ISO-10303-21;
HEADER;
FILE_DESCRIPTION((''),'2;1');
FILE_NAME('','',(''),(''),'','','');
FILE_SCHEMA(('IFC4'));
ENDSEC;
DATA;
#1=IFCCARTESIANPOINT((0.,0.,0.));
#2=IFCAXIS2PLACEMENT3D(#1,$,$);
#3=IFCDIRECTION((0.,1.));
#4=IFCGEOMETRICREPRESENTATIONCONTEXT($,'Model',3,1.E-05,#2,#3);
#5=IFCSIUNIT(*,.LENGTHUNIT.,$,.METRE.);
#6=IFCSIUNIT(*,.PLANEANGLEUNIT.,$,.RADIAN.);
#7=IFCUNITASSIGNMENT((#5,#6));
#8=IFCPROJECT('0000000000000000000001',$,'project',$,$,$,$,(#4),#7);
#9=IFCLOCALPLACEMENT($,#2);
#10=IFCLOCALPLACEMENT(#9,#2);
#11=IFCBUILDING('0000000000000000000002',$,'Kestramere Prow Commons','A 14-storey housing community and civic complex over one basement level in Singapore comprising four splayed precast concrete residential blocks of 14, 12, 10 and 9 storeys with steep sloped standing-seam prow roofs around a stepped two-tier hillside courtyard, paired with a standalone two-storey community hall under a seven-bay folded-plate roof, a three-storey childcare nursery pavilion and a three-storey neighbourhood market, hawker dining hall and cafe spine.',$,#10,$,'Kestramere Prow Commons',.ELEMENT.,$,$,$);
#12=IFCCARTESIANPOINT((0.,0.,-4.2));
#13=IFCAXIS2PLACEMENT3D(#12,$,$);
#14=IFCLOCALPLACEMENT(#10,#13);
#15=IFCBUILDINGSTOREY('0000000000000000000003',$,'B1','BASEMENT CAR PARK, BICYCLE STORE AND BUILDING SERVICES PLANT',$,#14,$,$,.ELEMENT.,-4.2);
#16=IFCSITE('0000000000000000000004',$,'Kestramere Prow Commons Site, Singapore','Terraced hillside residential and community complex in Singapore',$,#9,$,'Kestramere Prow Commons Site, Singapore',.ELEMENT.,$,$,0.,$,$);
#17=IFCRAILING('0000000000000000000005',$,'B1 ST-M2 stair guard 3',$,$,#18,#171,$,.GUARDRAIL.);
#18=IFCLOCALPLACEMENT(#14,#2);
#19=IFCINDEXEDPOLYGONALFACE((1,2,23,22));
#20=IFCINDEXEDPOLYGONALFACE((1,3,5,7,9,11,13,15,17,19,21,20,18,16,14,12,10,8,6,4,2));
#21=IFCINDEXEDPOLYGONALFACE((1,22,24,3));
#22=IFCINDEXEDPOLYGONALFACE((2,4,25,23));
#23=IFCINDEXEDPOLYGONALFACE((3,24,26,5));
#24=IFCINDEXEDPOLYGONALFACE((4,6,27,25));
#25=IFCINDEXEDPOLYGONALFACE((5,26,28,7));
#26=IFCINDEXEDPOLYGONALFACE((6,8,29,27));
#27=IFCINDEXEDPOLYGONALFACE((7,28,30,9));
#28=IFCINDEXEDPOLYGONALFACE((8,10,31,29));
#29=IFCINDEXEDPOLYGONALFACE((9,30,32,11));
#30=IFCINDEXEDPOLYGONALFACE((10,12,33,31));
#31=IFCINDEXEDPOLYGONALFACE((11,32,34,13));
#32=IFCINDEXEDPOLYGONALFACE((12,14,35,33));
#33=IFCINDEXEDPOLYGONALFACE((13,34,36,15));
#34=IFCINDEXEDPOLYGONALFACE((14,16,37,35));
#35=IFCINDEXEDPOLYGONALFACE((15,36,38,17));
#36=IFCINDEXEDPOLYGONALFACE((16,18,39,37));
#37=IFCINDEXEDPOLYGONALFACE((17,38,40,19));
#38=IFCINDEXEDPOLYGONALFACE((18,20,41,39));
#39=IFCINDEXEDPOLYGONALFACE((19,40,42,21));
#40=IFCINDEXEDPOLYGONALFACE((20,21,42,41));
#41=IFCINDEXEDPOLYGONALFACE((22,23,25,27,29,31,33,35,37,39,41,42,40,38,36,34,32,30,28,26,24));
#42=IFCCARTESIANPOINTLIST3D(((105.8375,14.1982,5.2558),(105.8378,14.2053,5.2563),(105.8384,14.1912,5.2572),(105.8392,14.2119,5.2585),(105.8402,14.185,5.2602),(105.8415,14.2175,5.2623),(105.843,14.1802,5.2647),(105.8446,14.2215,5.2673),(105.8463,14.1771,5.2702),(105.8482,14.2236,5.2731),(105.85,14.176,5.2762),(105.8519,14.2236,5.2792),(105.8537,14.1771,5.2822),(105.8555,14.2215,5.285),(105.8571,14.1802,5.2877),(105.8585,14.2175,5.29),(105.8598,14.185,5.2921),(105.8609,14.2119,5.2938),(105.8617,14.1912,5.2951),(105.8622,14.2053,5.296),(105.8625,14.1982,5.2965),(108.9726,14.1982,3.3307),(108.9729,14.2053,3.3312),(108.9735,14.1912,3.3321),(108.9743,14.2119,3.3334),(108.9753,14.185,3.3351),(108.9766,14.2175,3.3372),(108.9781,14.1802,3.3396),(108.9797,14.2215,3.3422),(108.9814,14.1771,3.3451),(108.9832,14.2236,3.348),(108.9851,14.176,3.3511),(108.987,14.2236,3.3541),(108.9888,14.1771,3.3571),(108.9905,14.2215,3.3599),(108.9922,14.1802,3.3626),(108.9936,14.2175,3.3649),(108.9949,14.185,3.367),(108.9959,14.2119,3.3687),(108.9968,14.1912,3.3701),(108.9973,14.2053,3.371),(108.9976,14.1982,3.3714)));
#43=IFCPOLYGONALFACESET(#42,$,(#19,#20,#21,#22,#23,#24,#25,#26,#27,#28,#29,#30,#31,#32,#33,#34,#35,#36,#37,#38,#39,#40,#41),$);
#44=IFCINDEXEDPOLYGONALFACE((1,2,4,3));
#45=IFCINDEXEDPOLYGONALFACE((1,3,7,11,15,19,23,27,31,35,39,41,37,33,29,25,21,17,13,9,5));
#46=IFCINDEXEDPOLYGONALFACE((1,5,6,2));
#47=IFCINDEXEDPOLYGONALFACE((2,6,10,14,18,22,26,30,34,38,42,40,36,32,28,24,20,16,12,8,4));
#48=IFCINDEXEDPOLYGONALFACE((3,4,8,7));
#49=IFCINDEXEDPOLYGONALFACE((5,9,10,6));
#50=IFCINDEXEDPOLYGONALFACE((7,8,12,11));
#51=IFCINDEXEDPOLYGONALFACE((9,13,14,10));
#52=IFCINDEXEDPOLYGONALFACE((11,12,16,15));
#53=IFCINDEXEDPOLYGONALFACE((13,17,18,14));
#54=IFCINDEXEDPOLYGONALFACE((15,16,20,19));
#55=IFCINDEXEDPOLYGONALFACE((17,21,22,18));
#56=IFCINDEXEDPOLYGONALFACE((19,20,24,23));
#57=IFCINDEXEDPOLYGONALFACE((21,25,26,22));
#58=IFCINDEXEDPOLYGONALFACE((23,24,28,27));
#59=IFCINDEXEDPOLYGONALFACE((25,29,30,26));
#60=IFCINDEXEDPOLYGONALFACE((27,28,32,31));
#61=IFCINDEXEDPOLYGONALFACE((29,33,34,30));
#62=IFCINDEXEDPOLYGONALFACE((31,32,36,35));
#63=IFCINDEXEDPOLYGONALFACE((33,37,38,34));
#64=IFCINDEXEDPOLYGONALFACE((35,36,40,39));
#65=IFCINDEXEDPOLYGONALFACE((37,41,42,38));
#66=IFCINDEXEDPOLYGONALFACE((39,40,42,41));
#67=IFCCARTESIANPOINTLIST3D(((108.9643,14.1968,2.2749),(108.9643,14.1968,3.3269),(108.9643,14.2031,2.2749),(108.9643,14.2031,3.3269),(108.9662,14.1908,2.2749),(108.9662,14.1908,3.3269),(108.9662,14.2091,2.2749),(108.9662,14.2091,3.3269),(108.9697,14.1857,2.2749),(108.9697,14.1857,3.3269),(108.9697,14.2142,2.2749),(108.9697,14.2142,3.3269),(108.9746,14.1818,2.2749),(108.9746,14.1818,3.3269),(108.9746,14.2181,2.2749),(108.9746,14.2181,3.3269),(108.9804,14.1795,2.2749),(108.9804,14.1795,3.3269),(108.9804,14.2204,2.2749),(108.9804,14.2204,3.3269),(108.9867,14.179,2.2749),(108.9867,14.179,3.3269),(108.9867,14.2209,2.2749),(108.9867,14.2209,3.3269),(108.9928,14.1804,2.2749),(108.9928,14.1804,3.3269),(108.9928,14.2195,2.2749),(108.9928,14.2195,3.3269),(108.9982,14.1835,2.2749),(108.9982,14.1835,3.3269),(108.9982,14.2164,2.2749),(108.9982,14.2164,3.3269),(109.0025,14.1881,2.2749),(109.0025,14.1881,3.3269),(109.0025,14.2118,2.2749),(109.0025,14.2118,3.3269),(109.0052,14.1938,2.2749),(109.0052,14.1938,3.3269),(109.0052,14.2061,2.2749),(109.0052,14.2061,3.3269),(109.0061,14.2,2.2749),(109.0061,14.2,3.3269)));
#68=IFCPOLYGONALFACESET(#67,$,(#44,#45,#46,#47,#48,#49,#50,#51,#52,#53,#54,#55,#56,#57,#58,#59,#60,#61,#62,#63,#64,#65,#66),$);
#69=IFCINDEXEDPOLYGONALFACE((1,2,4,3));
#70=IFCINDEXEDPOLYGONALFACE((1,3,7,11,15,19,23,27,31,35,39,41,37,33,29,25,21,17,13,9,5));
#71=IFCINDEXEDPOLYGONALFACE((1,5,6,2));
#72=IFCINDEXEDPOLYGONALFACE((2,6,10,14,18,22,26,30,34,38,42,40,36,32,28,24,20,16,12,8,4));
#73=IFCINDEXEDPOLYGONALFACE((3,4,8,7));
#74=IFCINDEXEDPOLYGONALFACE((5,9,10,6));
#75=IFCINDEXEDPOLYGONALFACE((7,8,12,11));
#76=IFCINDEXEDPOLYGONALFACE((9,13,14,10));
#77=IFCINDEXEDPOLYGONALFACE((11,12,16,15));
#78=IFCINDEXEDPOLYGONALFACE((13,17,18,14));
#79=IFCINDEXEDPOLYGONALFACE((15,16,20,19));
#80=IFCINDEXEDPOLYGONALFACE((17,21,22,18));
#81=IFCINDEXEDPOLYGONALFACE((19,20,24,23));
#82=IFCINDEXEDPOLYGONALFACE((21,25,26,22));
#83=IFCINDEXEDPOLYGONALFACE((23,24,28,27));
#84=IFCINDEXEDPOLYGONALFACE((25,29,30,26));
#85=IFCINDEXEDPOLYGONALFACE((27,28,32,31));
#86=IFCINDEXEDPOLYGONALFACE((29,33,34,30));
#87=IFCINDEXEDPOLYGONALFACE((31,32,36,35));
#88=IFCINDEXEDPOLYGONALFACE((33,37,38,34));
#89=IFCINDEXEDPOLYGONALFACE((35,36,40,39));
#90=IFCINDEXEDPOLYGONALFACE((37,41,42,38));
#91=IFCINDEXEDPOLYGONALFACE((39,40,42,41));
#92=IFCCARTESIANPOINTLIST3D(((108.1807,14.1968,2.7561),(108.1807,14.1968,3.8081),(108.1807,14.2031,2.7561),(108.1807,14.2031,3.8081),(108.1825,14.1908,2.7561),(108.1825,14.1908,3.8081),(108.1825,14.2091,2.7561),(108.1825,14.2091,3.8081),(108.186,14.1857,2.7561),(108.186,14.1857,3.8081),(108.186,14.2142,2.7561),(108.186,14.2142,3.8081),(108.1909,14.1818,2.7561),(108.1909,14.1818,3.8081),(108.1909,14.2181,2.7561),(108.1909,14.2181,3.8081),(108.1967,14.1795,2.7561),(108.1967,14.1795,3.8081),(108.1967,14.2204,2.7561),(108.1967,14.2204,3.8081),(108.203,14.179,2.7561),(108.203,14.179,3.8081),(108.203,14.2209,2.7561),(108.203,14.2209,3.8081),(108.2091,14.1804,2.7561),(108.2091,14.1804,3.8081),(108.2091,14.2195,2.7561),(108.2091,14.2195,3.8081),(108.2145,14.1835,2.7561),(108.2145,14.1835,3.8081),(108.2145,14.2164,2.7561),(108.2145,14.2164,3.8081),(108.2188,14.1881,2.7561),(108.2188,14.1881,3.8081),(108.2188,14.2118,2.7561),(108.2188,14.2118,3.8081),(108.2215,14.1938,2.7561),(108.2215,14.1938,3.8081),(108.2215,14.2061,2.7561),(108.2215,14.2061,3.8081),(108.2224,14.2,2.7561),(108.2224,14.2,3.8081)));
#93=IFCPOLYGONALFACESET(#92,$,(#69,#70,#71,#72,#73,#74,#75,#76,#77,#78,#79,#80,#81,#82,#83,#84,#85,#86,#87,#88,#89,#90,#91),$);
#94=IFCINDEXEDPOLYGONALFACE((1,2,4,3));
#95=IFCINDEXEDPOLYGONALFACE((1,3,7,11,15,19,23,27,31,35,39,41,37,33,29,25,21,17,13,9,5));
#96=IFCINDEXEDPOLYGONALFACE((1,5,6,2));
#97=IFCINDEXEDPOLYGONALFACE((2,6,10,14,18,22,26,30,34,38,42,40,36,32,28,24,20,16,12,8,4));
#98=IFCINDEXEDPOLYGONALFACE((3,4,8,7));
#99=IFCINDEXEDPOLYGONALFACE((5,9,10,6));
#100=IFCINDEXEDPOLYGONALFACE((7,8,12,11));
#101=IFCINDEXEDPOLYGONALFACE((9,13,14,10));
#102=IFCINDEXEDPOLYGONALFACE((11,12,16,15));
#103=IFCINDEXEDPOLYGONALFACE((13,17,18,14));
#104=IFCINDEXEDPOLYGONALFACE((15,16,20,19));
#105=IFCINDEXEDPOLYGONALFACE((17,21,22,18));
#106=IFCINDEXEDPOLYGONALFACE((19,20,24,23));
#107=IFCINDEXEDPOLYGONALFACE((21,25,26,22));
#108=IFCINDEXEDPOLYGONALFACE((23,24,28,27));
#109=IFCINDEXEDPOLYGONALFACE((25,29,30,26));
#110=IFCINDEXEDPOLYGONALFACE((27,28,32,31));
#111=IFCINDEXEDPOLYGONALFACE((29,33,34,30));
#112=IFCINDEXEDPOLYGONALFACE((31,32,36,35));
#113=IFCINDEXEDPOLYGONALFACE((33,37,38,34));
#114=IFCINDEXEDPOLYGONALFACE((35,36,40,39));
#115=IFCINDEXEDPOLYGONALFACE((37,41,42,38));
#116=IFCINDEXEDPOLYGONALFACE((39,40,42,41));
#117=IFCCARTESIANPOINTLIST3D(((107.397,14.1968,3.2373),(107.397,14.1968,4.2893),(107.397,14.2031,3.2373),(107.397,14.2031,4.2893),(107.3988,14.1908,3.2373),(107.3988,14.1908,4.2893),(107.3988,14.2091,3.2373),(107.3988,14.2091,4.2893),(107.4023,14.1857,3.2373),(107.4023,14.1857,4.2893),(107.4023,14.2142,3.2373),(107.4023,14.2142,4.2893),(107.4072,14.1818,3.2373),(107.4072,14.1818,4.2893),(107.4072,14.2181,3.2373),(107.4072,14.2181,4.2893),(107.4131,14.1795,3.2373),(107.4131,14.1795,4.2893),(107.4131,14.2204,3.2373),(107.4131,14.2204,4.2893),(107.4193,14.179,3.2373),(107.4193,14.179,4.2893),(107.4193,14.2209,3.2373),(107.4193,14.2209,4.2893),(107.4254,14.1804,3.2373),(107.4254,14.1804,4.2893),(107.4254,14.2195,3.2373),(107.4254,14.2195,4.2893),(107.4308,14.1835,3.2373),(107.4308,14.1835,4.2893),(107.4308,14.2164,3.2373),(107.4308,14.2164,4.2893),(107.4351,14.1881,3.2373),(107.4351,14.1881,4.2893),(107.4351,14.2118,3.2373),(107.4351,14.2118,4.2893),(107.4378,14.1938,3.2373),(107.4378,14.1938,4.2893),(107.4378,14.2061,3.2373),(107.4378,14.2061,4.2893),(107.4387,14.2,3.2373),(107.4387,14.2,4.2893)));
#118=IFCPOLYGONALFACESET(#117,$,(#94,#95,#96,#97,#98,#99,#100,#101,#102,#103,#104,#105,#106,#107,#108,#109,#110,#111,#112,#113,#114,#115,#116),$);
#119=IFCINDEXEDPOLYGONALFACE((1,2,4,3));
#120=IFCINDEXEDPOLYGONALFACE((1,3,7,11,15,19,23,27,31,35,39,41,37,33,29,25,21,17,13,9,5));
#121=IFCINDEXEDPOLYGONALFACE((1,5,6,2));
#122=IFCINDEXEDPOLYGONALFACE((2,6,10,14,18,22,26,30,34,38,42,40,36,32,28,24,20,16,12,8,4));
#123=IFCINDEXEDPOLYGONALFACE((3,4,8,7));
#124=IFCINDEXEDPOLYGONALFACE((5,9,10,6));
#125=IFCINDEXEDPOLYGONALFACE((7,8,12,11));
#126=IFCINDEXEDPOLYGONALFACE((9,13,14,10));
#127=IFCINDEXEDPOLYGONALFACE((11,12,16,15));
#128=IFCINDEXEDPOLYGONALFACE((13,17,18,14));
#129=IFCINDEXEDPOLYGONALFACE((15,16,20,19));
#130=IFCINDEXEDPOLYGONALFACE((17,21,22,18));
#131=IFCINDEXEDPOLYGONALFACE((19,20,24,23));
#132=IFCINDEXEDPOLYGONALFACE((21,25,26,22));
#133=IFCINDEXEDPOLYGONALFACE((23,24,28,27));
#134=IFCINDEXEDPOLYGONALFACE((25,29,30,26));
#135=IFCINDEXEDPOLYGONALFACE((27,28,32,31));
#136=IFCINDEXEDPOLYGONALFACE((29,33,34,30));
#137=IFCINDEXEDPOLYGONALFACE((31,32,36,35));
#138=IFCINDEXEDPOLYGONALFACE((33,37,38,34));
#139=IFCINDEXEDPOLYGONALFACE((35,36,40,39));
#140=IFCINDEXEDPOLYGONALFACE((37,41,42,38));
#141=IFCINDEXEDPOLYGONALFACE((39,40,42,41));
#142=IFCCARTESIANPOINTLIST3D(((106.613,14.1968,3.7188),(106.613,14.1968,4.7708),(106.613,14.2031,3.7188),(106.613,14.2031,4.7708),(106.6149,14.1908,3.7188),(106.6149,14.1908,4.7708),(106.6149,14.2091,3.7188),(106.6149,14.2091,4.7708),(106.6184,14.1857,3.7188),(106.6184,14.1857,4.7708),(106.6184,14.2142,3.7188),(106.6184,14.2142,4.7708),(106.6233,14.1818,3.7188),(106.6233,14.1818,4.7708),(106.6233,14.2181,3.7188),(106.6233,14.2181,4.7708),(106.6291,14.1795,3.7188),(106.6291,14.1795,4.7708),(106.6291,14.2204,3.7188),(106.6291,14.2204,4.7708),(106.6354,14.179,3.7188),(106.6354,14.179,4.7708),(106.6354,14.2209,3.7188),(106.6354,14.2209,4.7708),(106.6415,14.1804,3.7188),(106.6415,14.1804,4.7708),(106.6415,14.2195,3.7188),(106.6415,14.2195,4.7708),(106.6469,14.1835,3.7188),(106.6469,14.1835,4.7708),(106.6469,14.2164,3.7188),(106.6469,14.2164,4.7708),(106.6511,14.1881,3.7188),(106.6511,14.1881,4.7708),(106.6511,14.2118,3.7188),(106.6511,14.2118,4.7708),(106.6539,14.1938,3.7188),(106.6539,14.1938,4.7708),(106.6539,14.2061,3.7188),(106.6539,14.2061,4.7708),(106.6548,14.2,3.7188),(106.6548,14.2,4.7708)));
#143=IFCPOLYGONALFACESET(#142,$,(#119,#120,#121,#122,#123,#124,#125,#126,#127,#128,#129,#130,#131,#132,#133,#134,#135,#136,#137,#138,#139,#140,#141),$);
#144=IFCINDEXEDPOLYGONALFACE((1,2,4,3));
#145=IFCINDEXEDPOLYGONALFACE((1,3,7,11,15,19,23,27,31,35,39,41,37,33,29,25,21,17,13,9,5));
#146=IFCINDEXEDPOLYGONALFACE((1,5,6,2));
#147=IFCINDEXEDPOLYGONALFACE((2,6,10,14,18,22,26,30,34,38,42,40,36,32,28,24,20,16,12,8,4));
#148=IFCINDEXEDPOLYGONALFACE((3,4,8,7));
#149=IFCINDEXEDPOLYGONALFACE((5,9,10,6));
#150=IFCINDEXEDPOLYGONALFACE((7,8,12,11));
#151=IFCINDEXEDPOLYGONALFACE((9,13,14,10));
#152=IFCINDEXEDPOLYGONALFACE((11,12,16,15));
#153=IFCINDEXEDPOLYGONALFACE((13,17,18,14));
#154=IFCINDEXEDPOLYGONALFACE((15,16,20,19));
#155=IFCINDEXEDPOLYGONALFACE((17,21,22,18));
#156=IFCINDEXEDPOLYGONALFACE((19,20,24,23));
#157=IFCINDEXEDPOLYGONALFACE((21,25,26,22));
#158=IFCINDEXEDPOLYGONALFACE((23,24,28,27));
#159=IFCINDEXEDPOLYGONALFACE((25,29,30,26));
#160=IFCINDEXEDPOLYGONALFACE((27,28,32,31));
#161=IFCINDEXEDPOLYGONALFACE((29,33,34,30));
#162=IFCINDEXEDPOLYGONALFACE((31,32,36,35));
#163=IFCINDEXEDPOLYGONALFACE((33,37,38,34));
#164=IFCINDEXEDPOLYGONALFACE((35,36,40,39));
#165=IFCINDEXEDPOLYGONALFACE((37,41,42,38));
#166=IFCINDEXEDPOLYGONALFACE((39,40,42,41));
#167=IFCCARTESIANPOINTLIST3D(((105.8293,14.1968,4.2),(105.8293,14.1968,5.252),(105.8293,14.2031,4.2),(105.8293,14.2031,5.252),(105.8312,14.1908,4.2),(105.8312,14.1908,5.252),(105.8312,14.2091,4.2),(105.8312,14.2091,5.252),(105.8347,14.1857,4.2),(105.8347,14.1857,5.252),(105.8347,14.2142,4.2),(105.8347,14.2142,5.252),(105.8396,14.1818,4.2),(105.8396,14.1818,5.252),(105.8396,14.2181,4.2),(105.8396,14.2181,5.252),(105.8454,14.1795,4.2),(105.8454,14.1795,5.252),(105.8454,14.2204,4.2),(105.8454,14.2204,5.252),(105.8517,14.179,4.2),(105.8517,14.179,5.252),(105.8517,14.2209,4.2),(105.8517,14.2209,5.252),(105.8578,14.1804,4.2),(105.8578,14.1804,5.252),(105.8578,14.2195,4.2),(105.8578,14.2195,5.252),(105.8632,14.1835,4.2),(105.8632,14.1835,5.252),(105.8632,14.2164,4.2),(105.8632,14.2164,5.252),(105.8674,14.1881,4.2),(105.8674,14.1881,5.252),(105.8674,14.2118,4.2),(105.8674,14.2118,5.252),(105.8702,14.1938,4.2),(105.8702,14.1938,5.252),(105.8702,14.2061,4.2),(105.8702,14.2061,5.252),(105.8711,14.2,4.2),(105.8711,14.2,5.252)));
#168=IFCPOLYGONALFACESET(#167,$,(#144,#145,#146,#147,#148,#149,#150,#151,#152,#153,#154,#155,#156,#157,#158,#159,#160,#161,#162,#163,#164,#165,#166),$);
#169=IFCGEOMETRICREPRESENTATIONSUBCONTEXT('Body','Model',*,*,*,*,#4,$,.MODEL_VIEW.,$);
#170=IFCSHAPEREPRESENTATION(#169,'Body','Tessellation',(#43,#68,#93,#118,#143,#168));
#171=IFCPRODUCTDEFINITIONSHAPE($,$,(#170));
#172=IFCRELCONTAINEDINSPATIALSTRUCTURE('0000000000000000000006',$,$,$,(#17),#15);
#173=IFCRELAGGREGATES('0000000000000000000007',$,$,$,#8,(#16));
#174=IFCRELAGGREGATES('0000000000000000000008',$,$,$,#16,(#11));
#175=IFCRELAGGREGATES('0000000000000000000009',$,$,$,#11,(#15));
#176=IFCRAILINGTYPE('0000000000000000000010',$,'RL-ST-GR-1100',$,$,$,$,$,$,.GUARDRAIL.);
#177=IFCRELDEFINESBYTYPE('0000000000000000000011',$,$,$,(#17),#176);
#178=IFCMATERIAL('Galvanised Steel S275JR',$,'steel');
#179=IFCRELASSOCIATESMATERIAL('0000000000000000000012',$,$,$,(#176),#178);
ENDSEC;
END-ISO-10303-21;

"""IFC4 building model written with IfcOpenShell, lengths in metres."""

from ifc_helpers import new_model, si_unit, direction, frame, origin, origin_2d, place, context, subcontext, project, spatial, circle, extrude, material, type_object, element, save


model = new_model("IFC4")

# Units and contexts
model_context = context("Model", 3, precision=1e-05, world=origin(), true_north=direction((0.0, 1.0)))
body_context = subcontext(model_context, "Body", "Model", "MODEL_VIEW")
ifc_project = project(units=[si_unit("LENGTHUNIT", "METRE"), si_unit("PLANEANGLEUNIT", "RADIAN")], contexts=[model_context])

# Site, building, storey
site_placement = place(None, origin())
site = spatial("IfcSite", under=ifc_project, at=site_placement, Name="Kestramere Prow Commons Site, Singapore", Description="Terraced hillside residential and community complex in Singapore", LongName="Kestramere Prow Commons Site, Singapore", CompositionType="ELEMENT", RefElevation=0.0)
building_placement = place(site_placement, origin())
building = spatial("IfcBuilding", under=site, at=building_placement, Name="Kestramere Prow Commons", Description="A 14-storey housing community and civic complex over one basement level in Singapore comprising four splayed precast concrete residential blocks of 14, 12, 10 and 9 storeys with steep sloped standing-seam prow roofs around a stepped two-tier hillside courtyard, paired with a standalone two-storey community hall under a seven-bay folded-plate roof, a three-storey childcare nursery pavilion and a three-storey neighbourhood market, hawker dining hall and cafe spine.", LongName="Kestramere Prow Commons", CompositionType="ELEMENT")
storey_placement = place(building_placement, frame((0.0, 0.0, -4.2)))
storey = spatial("IfcBuildingStorey", under=building, at=storey_placement, Name="B1", Description="BASEMENT CAR PARK, BICYCLE STORE AND BUILDING SERVICES PLANT", CompositionType="ELEMENT", Elevation=-4.2)

# Railing
ifc_material_1 = material(Name="Galvanised Steel S275JR", Category="steel")
railing_type_1 = type_object("IfcRailingType", Name="RL-ST-GR-1100", PredefinedType="GUARDRAIL", material=ifc_material_1)
railing_1_placement = place(storey_placement, frame((108.9851, 14.2, 2.2749)))
element("IfcRailing", 1, at=railing_1_placement, inside=storey, type_object=railing_type_1, Name="B1 ST-M2 stair guard 3", PredefinedType="GUARDRAIL", context=body_context, shape_type="SweptSolid", body=[
    extrude(circle(Radius=0.0239, at=origin_2d()), frame((0.0, 0.0, 1.0762), z_axis=(-0.852166, 0.0, 0.523271), x_axis=(0.0, -1.0, 0.0)), (0.0, 0.0, 1.0), 3.679),
    extrude(circle(Radius=0.021, at=origin_2d()), origin(), (0.0, 0.0, 1.0), 1.052),
    extrude(circle(Radius=0.021, at=origin_2d()), frame((-0.7837, 0.0, 0.4812)), (0.0, 0.0, 1.0), 1.052),
    extrude(circle(Radius=0.021, at=origin_2d()), frame((-1.5674, 0.0, 0.9624)), (0.0, 0.0, 1.0), 1.052),
    extrude(circle(Radius=0.021, at=origin_2d()), frame((-2.3513, 0.0, 1.4438)), (0.0, 0.0, 1.0), 1.052),
    extrude(circle(Radius=0.021, at=origin_2d()), frame((-3.135, 0.0, 1.925)), (0.0, 0.0, 1.0), 1.052),
])

save(model, "model.ifc")
